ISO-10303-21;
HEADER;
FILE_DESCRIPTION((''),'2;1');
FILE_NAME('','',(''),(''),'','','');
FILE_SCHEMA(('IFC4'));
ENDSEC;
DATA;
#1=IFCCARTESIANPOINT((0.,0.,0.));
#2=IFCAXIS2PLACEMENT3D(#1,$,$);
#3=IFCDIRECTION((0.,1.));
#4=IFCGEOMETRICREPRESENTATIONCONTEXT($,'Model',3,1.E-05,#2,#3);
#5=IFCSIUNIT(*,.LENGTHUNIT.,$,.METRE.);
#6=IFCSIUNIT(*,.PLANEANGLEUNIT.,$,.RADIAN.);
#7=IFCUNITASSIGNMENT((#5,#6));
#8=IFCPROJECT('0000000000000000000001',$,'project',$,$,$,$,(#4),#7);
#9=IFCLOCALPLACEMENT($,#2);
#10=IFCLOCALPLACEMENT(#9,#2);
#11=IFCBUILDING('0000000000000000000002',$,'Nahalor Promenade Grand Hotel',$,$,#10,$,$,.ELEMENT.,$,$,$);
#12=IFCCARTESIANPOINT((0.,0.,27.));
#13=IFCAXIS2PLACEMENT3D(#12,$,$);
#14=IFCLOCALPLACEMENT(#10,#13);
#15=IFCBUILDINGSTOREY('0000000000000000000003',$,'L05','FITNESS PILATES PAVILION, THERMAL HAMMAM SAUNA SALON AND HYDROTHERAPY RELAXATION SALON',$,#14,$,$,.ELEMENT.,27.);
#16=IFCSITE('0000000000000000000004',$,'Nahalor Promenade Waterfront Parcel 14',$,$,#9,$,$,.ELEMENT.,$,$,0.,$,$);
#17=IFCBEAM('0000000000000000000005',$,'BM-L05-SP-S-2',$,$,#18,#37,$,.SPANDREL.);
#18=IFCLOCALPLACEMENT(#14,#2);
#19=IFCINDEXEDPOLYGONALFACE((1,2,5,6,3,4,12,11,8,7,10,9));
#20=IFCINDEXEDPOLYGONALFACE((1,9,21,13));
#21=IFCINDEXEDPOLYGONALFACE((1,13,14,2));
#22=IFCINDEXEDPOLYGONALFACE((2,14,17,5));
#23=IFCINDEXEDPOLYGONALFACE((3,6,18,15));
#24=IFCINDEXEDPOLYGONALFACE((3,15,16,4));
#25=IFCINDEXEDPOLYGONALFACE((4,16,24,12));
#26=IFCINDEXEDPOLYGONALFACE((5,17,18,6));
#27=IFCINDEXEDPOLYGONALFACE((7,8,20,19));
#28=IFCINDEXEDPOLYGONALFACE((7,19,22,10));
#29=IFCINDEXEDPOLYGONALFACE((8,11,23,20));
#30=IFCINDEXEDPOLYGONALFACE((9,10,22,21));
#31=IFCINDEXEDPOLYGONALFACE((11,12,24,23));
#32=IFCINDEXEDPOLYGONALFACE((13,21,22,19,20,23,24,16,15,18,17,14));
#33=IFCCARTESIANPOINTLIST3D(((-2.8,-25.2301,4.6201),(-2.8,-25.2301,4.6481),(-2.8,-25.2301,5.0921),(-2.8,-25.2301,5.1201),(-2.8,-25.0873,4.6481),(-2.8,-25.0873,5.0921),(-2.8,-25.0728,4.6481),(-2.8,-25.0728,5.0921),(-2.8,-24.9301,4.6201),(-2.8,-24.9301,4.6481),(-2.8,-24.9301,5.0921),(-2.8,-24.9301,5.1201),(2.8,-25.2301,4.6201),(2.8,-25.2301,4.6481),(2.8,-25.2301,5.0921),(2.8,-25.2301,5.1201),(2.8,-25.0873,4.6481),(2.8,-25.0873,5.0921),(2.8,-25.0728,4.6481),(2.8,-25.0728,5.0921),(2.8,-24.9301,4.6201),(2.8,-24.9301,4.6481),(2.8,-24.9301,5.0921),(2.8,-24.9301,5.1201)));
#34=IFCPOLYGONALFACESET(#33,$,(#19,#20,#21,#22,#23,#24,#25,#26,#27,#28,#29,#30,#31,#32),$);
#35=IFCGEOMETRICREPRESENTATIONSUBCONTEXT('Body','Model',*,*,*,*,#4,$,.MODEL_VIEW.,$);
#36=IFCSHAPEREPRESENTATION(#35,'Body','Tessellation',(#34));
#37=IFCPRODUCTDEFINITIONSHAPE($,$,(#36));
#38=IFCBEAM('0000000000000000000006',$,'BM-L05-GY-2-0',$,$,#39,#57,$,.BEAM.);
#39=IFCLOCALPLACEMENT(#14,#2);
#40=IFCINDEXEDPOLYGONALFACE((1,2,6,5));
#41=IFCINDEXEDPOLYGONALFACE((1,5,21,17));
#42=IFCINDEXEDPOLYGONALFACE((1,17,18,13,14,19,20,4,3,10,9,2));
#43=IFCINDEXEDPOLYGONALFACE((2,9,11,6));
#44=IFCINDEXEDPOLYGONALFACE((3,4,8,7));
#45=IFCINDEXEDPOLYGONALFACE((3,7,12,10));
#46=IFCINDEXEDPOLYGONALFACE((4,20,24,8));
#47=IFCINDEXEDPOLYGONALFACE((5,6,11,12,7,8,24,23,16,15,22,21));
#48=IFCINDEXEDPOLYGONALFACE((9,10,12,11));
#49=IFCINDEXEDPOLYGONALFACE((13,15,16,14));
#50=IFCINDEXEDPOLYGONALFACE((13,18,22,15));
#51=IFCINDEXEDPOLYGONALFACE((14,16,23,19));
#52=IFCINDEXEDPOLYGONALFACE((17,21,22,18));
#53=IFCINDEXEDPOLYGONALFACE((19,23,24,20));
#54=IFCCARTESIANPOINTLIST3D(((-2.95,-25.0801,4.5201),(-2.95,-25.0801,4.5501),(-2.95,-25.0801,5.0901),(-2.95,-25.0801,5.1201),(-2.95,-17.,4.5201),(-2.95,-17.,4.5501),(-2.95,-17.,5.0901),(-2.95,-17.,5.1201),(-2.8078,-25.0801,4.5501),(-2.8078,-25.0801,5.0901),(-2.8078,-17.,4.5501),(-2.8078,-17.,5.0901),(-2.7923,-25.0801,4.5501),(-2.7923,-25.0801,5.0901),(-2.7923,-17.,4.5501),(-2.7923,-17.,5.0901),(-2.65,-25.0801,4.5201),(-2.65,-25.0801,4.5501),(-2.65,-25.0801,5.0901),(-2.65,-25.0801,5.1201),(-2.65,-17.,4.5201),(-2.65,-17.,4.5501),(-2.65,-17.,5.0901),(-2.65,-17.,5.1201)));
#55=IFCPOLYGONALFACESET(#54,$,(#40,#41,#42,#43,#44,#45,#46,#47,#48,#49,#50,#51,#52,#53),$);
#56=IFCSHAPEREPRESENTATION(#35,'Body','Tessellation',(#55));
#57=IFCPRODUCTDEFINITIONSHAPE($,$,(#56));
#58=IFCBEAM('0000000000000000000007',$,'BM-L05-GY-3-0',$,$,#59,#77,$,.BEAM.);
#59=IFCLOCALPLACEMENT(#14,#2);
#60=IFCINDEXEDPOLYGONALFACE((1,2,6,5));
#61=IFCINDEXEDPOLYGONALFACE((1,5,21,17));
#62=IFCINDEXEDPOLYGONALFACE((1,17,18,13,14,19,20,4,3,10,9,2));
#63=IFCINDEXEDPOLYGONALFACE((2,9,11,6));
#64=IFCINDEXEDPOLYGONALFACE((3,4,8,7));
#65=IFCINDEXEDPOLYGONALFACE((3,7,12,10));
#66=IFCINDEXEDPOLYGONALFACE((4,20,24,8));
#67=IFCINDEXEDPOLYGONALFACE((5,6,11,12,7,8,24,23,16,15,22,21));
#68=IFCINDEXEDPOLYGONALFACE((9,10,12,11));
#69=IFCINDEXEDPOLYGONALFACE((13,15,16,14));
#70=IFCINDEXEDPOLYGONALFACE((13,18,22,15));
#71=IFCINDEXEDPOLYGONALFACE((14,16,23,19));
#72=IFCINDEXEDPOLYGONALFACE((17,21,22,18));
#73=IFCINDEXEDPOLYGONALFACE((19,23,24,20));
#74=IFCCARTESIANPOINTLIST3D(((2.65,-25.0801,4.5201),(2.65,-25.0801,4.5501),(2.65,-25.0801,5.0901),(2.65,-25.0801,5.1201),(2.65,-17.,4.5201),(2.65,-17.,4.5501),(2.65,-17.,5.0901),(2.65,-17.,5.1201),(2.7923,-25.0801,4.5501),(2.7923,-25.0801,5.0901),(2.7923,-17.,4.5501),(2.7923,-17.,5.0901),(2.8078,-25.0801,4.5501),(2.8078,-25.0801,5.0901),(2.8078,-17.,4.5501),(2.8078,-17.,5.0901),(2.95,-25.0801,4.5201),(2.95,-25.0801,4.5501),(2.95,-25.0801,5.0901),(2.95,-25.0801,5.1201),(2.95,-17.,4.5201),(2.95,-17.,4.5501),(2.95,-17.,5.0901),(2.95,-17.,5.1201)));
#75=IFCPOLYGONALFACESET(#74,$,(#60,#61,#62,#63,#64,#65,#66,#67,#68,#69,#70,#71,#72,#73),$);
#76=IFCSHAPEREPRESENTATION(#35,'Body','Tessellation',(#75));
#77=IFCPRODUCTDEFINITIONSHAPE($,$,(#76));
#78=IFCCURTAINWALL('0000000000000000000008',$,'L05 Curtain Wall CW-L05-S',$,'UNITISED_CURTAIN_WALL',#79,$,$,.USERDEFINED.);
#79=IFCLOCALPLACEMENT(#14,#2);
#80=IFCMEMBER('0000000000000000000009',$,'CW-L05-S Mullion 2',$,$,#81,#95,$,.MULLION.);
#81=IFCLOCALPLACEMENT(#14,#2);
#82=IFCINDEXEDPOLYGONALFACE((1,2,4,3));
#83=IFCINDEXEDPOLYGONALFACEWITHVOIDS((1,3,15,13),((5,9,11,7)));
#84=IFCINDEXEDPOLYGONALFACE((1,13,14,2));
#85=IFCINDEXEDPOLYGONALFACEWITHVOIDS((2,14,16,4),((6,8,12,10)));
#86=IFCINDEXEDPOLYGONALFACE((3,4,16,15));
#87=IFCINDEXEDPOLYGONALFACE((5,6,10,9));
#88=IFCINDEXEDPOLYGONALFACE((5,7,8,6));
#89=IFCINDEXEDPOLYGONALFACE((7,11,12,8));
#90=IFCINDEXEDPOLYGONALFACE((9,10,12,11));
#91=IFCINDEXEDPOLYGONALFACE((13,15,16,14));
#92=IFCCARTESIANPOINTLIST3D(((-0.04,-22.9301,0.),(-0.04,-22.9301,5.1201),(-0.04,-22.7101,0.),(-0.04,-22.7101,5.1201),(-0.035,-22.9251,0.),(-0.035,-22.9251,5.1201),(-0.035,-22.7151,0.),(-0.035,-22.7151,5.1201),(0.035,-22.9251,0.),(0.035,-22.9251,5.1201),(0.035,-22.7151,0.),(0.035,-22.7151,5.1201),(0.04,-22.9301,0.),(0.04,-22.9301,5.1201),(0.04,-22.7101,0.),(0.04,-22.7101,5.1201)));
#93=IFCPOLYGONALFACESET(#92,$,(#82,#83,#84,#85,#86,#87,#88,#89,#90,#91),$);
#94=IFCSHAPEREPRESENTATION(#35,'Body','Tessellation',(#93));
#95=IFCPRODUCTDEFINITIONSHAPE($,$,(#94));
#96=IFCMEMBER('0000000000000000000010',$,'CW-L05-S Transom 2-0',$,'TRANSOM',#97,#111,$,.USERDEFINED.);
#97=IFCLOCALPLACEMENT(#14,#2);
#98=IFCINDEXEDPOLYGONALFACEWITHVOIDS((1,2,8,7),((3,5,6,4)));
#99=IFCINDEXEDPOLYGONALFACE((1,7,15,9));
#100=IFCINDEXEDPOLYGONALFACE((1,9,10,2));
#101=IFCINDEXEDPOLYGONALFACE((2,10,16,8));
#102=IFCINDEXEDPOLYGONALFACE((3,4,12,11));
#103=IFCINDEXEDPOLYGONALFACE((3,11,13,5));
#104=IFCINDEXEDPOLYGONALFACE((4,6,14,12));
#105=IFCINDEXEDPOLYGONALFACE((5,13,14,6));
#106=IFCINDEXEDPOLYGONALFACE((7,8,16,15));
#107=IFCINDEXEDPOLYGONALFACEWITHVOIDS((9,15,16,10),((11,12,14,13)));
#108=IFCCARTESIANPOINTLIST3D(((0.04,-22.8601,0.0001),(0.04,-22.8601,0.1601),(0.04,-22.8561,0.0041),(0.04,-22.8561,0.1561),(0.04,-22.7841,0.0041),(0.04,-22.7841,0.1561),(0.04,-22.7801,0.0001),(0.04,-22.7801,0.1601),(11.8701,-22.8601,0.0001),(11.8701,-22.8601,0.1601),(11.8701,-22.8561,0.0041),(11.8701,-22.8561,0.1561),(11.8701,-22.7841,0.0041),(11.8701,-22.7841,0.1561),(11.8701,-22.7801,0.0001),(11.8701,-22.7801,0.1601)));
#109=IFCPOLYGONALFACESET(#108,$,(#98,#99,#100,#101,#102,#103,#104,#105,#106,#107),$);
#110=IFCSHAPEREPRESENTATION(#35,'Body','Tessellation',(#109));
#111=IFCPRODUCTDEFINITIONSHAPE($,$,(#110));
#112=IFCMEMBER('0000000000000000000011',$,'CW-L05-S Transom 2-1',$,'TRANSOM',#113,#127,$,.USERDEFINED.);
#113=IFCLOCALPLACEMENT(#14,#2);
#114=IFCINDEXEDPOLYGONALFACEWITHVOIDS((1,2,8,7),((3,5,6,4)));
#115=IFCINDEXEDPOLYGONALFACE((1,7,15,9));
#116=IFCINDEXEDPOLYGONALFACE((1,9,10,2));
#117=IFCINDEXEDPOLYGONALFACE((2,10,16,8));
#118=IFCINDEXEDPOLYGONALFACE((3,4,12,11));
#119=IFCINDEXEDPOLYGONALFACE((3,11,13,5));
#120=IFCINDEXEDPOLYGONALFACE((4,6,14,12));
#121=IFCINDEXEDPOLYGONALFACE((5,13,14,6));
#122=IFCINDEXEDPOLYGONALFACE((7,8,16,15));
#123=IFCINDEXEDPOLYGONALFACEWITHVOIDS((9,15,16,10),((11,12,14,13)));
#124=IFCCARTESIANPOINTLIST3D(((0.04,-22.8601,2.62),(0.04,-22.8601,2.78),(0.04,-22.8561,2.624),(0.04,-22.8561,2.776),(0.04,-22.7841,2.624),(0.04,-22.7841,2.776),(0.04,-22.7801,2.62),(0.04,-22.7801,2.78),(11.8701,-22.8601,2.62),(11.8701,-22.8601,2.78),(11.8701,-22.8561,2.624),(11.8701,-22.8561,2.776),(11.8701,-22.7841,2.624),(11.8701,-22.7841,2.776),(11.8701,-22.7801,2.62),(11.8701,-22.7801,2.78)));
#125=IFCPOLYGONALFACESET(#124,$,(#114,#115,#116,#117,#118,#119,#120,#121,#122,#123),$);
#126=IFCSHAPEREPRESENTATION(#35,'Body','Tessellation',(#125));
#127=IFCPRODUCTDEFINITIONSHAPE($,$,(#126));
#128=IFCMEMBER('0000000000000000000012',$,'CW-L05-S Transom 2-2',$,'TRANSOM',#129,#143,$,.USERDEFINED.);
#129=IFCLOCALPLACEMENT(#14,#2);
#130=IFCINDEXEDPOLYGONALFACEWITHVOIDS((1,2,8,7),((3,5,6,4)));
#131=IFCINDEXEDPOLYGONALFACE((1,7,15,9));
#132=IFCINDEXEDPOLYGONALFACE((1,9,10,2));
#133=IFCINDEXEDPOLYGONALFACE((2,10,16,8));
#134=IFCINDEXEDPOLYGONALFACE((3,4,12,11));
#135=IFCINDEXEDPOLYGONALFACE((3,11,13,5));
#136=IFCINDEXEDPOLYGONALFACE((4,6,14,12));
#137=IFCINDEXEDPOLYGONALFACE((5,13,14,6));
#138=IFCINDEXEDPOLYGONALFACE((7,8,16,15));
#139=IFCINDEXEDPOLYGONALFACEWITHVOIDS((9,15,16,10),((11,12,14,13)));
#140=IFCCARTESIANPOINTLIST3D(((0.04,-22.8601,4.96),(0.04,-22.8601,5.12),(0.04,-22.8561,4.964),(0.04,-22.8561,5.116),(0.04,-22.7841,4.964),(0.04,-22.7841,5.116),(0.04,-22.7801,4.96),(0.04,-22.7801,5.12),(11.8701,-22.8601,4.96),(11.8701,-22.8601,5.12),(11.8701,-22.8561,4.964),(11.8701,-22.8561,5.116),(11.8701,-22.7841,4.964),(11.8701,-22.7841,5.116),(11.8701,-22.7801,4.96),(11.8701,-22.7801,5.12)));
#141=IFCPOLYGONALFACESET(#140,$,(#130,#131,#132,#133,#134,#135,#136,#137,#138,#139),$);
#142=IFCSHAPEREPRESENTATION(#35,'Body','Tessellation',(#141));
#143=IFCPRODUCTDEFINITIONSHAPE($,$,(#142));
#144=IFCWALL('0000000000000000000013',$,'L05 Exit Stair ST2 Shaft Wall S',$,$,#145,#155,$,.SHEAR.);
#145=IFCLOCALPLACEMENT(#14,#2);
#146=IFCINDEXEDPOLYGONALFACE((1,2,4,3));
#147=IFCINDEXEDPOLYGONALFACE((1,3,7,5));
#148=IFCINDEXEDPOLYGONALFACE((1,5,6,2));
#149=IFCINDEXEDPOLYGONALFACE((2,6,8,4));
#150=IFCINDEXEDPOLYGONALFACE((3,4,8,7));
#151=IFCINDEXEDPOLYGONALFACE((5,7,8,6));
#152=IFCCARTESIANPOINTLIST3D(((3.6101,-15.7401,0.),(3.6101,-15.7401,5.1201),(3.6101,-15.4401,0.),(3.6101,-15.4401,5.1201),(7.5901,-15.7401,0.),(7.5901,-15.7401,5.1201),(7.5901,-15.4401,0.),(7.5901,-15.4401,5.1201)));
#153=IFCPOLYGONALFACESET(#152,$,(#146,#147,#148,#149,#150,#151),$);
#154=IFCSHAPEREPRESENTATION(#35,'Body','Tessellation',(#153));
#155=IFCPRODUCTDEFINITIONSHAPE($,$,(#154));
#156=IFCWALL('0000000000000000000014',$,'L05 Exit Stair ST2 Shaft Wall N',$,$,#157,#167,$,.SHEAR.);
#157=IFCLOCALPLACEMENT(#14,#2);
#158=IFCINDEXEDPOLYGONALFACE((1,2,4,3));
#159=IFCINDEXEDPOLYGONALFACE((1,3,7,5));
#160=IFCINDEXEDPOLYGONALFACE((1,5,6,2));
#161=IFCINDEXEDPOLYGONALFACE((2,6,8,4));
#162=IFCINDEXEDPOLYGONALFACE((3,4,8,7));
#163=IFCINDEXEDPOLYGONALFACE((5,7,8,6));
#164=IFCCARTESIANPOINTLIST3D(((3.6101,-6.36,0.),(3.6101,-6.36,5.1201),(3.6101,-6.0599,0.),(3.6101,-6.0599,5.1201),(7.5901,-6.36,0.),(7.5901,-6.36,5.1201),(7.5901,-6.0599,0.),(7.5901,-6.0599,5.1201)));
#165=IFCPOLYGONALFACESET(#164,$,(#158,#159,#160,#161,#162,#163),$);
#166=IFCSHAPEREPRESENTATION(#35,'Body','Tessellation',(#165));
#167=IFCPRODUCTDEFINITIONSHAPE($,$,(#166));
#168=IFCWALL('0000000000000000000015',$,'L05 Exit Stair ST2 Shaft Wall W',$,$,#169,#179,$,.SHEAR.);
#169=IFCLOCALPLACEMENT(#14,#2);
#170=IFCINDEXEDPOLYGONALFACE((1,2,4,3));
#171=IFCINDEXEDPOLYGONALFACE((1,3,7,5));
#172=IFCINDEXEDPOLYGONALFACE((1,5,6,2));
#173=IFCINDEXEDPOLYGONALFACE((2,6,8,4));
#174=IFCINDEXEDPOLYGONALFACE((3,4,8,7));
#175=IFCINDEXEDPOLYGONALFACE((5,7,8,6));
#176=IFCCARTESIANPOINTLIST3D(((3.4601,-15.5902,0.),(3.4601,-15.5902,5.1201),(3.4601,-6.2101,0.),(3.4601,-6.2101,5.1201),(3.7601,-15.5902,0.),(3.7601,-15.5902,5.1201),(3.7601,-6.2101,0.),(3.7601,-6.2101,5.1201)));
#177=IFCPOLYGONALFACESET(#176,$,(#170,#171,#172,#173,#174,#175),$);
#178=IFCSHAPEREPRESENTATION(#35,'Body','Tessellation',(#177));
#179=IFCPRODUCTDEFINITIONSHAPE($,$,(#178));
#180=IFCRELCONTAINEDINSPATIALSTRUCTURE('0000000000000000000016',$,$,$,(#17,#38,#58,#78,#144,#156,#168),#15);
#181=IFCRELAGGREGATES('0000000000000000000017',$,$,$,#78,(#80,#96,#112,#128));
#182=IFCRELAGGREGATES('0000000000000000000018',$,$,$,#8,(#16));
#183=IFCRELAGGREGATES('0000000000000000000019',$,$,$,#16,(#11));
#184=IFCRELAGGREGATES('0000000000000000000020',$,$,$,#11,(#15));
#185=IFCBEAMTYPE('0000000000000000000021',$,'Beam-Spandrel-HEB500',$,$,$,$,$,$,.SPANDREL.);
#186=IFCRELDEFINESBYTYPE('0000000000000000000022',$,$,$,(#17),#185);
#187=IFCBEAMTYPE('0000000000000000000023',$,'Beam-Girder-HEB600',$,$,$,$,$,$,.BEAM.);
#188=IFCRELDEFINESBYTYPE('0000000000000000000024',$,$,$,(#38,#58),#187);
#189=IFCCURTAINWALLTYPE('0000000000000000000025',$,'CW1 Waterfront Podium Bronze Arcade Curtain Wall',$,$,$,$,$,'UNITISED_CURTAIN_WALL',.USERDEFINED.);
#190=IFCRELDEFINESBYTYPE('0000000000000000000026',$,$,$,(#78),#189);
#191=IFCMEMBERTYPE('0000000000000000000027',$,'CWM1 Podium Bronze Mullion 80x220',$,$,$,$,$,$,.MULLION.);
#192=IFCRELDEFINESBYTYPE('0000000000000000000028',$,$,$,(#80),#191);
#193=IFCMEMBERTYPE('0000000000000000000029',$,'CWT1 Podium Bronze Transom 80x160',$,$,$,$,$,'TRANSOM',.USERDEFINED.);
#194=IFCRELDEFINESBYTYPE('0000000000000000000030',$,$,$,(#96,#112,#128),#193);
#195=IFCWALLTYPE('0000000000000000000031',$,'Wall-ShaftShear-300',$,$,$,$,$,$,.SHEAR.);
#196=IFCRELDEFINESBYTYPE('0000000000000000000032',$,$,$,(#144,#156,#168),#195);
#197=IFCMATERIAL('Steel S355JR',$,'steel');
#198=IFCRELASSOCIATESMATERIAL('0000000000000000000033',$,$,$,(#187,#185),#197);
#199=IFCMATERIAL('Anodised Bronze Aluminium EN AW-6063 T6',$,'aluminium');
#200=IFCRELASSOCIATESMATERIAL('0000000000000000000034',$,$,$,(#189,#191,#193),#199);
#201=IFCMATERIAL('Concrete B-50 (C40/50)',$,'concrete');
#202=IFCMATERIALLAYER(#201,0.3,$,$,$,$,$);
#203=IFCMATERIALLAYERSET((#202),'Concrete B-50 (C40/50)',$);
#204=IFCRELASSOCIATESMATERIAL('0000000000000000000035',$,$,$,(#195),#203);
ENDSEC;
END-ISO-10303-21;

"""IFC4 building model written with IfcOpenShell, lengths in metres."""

from ifc_helpers import new_model, si_unit, direction, frame, frame_2d, origin, origin_2d, place, context, subcontext, project, spatial, rectangle, hollow_rectangle, i_section, extrude, source, transform, mapped, material, layer, layer_set, material_profile, profile_set, type_object, element, aggregate, save


model = new_model("IFC4")

# Units and contexts
model_context = context("Model", 3, precision=1e-05, world=origin(), true_north=direction((0.0, 1.0)))
body_context = subcontext(model_context, "Body", "Model", "MODEL_VIEW")
ifc_project = project(units=[si_unit("LENGTHUNIT", "METRE"), si_unit("PLANEANGLEUNIT", "RADIAN")], contexts=[model_context])

# Site, building, storey
site_placement = place(None, origin())
site = spatial("IfcSite", under=ifc_project, at=site_placement, Name="Nahalor Promenade Waterfront Parcel 14", CompositionType="ELEMENT", RefElevation=0.0)
building_placement = place(site_placement, origin())
building = spatial("IfcBuilding", under=site, at=building_placement, Name="Nahalor Promenade Grand Hotel", CompositionType="ELEMENT")
storey_placement = place(building_placement, frame((0.0, 0.0, 27.0)))
storey = spatial("IfcBuildingStorey", under=building, at=storey_placement, Name="L05", Description="FITNESS PILATES PAVILION, THERMAL HAMMAM SAUNA SALON AND HYDROTHERAPY RELAXATION SALON", CompositionType="ELEMENT", Elevation=27.0)

# Beams
ifc_material_1 = material(Name="Steel S355JR", Category="steel")
ifc_material_profile_1 = material_profile(ifc_material_1, i_section(OverallWidth=0.3, OverallDepth=0.6, WebThickness=0.0155, FlangeThickness=0.03, at=origin_2d()), Name="HEB 600")
ifc_profile_set_1 = profile_set([ifc_material_profile_1], Name="Steel S355JR")
beam_type_1 = type_object("IfcBeamType", Name="Beam-Girder-HEB600", PredefinedType="BEAM", material=ifc_profile_set_1)
ifc_material_profile_2 = material_profile(ifc_material_1, i_section(OverallWidth=0.3, OverallDepth=0.5, WebThickness=0.0145, FlangeThickness=0.028, at=origin_2d()), Name="HEB 500")
ifc_profile_set_2 = profile_set([ifc_material_profile_2], Name="Steel S355JR")
beam_type_2 = type_object("IfcBeamType", Name="Beam-Spandrel-HEB500", PredefinedType="SPANDREL", material=ifc_profile_set_2)
shared_shape_1 = source(origin(), body_context, "Body", "SweptSolid", [
    extrude(i_section(OverallWidth=0.3, OverallDepth=0.5, WebThickness=0.0145, FlangeThickness=0.028, at=origin_2d()), origin(), (0.0, 0.0, 1.0), 5.6001),
])
beam_1_placement = place(storey_placement, frame((-2.8, -25.0801, 4.8701), z_axis=(1.0, 0.0, 0.0), x_axis=(0.0, 1.0, 0.0)))
element("IfcBeam", 1, at=beam_1_placement, inside=storey, type_object=beam_type_2, Name="BM-L05-SP-S-2", PredefinedType="SPANDREL", context=body_context, shape_type="MappedRepresentation", body=[
    mapped(shared_shape_1, transform((0.0, 0.0, 0.0), scale=1.0)),
])
shared_shape_2 = source(origin(), body_context, "Body", "SweptSolid", [
    extrude(i_section(OverallWidth=0.3, OverallDepth=0.6, WebThickness=0.0155, FlangeThickness=0.03, at=origin_2d()), origin(), (0.0, 0.0, 1.0), 8.0801),
])
for number, where, z_axis, x_axis, name in (
    (2, (-2.8, -25.0801, 4.8201), (0.0, 1.0, 0.0), (-1.0, 0.0, 0.0), "BM-L05-GY-2-0"),
    (3, (2.8, -25.0801, 4.8201), (0.0, 1.0, 0.0), (-1.0, 0.0, 0.0), "BM-L05-GY-3-0"),
):
    element("IfcBeam", number, at=place(storey_placement, frame(where, z_axis=z_axis, x_axis=x_axis)), inside=storey, type_object=beam_type_1, Name=name, PredefinedType="BEAM", context=body_context, shape_type="MappedRepresentation", body=[
        mapped(shared_shape_2, transform((0.0, 0.0, 0.0), scale=1.0)),
    ])

# Curtain wall, members
ifc_material_2 = material(Name="Anodised Bronze Aluminium EN AW-6063 T6", Category="aluminium")
curtain_wall_type = type_object("IfcCurtainWallType", Name="CW1 Waterfront Podium Bronze Arcade Curtain Wall", ElementType="UNITISED_CURTAIN_WALL", PredefinedType="USERDEFINED", material=ifc_material_2)
curtain_wall_placement = place(storey_placement, origin())
curtain_wall = element("IfcCurtainWall", 4, at=curtain_wall_placement, inside=storey, type_object=curtain_wall_type, Name="L05 Curtain Wall CW-L05-S", ObjectType="UNITISED_CURTAIN_WALL", PredefinedType="USERDEFINED")
ifc_material_profile_3 = material_profile(ifc_material_2, hollow_rectangle(XDim=0.08, YDim=0.22, WallThickness=0.005, at=origin_2d()), Name="CWM 80x220x5")
ifc_profile_set_3 = profile_set([ifc_material_profile_3], Name="Anodised Bronze Aluminium EN AW-6063 T6")
member_type_1 = type_object("IfcMemberType", Name="CWM1 Podium Bronze Mullion 80x220", PredefinedType="MULLION", material=ifc_profile_set_3)
shared_shape_3 = source(origin(), body_context, "Body", "SweptSolid", [
    extrude(hollow_rectangle(XDim=0.08, YDim=0.22, WallThickness=0.005, at=origin_2d()), origin(), (0.0, 0.0, 1.0), 5.1201),
])
member_1_placement = place(storey_placement, frame((0.0, -22.8201, 0.0), z_axis=(0.0, 0.0, 1.0), x_axis=(1.0, 0.0, 0.0)))
member_1 = element("IfcMember", 5, at=member_1_placement, type_object=member_type_1, Name="CW-L05-S Mullion 2", PredefinedType="MULLION", context=body_context, shape_type="MappedRepresentation", body=[
    mapped(shared_shape_3, transform((0.0, 0.0, 0.0), scale=1.0)),
])
ifc_material_profile_4 = material_profile(ifc_material_2, hollow_rectangle(XDim=0.08, YDim=0.16, WallThickness=0.004, at=origin_2d()), Name="CWT 80x160x4")
ifc_profile_set_4 = profile_set([ifc_material_profile_4], Name="Anodised Bronze Aluminium EN AW-6063 T6")
member_type_2 = type_object("IfcMemberType", Name="CWT1 Podium Bronze Transom 80x160", ElementType="TRANSOM", PredefinedType="USERDEFINED", material=ifc_profile_set_4)
shared_shape_4 = source(origin(), body_context, "Body", "SweptSolid", [
    extrude(hollow_rectangle(XDim=0.08, YDim=0.16, WallThickness=0.004, at=origin_2d()), origin(), (0.0, 0.0, 1.0), 11.8301),
])
member_2_placement = place(storey_placement, frame((0.04, -22.8201, 0.0801), z_axis=(1.0, 0.0, 0.0), x_axis=(0.0, 1.0, 0.0)))
member_2 = element("IfcMember", 6, at=member_2_placement, type_object=member_type_2, Name="CW-L05-S Transom 2-0", ObjectType="TRANSOM", PredefinedType="USERDEFINED", context=body_context, shape_type="MappedRepresentation", body=[
    mapped(shared_shape_4, transform((0.0, 0.0, 0.0), scale=1.0)),
])
member_3_placement = place(storey_placement, frame((0.04, -22.8201, 2.7), z_axis=(1.0, 0.0, 0.0), x_axis=(0.0, 1.0, 0.0)))
member_3 = element("IfcMember", 7, at=member_3_placement, type_object=member_type_2, Name="CW-L05-S Transom 2-1", ObjectType="TRANSOM", PredefinedType="USERDEFINED", context=body_context, shape_type="MappedRepresentation", body=[
    mapped(shared_shape_4, transform((0.0, 0.0, 0.0), scale=1.0)),
])
member_4_placement = place(storey_placement, frame((0.04, -22.8201, 5.04), z_axis=(1.0, 0.0, 0.0), x_axis=(0.0, 1.0, 0.0)))
member_4 = element("IfcMember", 8, at=member_4_placement, type_object=member_type_2, Name="CW-L05-S Transom 2-2", ObjectType="TRANSOM", PredefinedType="USERDEFINED", context=body_context, shape_type="MappedRepresentation", body=[
    mapped(shared_shape_4, transform((0.0, 0.0, 0.0), scale=1.0)),
])
aggregate(curtain_wall, [member_1, member_2, member_3, member_4])

# Walls
ifc_material_3 = material(Name="Concrete B-50 (C40/50)", Category="concrete")
ifc_layer_1 = layer(ifc_material_3, 0.3)
ifc_layer_set_1 = layer_set([ifc_layer_1], Name="Concrete B-50 (C40/50)")
wall_type_1 = type_object("IfcWallType", Name="Wall-ShaftShear-300", PredefinedType="SHEAR", material=ifc_layer_set_1)
shared_shape_5 = source(origin(), body_context, "Body", "SweptSolid", [
    extrude(rectangle(XDim=3.98, YDim=0.3, at=frame_2d((1.99, 0.0))), origin(), (0.0, 0.0, 1.0), 5.1201),
])
for number, where, z_axis, x_axis, name in (
    (9, (3.6101, -15.5901, 0.0), (0.0, 0.0, 1.0), (1.0, 0.0, 0.0), "L05 Exit Stair ST2 Shaft Wall S"),
    (10, (3.6101, -6.21, 0.0), (0.0, 0.0, 1.0), (1.0, 0.0, 0.0), "L05 Exit Stair ST2 Shaft Wall N"),
):
    element("IfcWall", number, at=place(storey_placement, frame(where, z_axis=z_axis, x_axis=x_axis)), inside=storey, type_object=wall_type_1, Name=name, PredefinedType="SHEAR", context=body_context, shape_type="MappedRepresentation", body=[
        mapped(shared_shape_5, transform((0.0, 0.0, 0.0), scale=1.0)),
    ])
shared_shape_6 = source(origin(), body_context, "Body", "SweptSolid", [
    extrude(rectangle(XDim=9.3801, YDim=0.3, at=frame_2d((4.6899, 0.0))), origin(), (0.0, 0.0, 1.0), 5.1201),
])
for number, where, z_axis, x_axis, name in (
    (11, (3.6101, -15.5901, 0.0), (0.0, 0.0, 1.0), (0.0, 1.0, 0.0), "L05 Exit Stair ST2 Shaft Wall W"),
):
    element("IfcWall", number, at=place(storey_placement, frame(where, z_axis=z_axis, x_axis=x_axis)), inside=storey, type_object=wall_type_1, Name=name, PredefinedType="SHEAR", context=body_context, shape_type="MappedRepresentation", body=[
        mapped(shared_shape_6, transform((0.0, 0.0, 0.0), scale=1.0)),
    ])

save(model, "model.ifc")
